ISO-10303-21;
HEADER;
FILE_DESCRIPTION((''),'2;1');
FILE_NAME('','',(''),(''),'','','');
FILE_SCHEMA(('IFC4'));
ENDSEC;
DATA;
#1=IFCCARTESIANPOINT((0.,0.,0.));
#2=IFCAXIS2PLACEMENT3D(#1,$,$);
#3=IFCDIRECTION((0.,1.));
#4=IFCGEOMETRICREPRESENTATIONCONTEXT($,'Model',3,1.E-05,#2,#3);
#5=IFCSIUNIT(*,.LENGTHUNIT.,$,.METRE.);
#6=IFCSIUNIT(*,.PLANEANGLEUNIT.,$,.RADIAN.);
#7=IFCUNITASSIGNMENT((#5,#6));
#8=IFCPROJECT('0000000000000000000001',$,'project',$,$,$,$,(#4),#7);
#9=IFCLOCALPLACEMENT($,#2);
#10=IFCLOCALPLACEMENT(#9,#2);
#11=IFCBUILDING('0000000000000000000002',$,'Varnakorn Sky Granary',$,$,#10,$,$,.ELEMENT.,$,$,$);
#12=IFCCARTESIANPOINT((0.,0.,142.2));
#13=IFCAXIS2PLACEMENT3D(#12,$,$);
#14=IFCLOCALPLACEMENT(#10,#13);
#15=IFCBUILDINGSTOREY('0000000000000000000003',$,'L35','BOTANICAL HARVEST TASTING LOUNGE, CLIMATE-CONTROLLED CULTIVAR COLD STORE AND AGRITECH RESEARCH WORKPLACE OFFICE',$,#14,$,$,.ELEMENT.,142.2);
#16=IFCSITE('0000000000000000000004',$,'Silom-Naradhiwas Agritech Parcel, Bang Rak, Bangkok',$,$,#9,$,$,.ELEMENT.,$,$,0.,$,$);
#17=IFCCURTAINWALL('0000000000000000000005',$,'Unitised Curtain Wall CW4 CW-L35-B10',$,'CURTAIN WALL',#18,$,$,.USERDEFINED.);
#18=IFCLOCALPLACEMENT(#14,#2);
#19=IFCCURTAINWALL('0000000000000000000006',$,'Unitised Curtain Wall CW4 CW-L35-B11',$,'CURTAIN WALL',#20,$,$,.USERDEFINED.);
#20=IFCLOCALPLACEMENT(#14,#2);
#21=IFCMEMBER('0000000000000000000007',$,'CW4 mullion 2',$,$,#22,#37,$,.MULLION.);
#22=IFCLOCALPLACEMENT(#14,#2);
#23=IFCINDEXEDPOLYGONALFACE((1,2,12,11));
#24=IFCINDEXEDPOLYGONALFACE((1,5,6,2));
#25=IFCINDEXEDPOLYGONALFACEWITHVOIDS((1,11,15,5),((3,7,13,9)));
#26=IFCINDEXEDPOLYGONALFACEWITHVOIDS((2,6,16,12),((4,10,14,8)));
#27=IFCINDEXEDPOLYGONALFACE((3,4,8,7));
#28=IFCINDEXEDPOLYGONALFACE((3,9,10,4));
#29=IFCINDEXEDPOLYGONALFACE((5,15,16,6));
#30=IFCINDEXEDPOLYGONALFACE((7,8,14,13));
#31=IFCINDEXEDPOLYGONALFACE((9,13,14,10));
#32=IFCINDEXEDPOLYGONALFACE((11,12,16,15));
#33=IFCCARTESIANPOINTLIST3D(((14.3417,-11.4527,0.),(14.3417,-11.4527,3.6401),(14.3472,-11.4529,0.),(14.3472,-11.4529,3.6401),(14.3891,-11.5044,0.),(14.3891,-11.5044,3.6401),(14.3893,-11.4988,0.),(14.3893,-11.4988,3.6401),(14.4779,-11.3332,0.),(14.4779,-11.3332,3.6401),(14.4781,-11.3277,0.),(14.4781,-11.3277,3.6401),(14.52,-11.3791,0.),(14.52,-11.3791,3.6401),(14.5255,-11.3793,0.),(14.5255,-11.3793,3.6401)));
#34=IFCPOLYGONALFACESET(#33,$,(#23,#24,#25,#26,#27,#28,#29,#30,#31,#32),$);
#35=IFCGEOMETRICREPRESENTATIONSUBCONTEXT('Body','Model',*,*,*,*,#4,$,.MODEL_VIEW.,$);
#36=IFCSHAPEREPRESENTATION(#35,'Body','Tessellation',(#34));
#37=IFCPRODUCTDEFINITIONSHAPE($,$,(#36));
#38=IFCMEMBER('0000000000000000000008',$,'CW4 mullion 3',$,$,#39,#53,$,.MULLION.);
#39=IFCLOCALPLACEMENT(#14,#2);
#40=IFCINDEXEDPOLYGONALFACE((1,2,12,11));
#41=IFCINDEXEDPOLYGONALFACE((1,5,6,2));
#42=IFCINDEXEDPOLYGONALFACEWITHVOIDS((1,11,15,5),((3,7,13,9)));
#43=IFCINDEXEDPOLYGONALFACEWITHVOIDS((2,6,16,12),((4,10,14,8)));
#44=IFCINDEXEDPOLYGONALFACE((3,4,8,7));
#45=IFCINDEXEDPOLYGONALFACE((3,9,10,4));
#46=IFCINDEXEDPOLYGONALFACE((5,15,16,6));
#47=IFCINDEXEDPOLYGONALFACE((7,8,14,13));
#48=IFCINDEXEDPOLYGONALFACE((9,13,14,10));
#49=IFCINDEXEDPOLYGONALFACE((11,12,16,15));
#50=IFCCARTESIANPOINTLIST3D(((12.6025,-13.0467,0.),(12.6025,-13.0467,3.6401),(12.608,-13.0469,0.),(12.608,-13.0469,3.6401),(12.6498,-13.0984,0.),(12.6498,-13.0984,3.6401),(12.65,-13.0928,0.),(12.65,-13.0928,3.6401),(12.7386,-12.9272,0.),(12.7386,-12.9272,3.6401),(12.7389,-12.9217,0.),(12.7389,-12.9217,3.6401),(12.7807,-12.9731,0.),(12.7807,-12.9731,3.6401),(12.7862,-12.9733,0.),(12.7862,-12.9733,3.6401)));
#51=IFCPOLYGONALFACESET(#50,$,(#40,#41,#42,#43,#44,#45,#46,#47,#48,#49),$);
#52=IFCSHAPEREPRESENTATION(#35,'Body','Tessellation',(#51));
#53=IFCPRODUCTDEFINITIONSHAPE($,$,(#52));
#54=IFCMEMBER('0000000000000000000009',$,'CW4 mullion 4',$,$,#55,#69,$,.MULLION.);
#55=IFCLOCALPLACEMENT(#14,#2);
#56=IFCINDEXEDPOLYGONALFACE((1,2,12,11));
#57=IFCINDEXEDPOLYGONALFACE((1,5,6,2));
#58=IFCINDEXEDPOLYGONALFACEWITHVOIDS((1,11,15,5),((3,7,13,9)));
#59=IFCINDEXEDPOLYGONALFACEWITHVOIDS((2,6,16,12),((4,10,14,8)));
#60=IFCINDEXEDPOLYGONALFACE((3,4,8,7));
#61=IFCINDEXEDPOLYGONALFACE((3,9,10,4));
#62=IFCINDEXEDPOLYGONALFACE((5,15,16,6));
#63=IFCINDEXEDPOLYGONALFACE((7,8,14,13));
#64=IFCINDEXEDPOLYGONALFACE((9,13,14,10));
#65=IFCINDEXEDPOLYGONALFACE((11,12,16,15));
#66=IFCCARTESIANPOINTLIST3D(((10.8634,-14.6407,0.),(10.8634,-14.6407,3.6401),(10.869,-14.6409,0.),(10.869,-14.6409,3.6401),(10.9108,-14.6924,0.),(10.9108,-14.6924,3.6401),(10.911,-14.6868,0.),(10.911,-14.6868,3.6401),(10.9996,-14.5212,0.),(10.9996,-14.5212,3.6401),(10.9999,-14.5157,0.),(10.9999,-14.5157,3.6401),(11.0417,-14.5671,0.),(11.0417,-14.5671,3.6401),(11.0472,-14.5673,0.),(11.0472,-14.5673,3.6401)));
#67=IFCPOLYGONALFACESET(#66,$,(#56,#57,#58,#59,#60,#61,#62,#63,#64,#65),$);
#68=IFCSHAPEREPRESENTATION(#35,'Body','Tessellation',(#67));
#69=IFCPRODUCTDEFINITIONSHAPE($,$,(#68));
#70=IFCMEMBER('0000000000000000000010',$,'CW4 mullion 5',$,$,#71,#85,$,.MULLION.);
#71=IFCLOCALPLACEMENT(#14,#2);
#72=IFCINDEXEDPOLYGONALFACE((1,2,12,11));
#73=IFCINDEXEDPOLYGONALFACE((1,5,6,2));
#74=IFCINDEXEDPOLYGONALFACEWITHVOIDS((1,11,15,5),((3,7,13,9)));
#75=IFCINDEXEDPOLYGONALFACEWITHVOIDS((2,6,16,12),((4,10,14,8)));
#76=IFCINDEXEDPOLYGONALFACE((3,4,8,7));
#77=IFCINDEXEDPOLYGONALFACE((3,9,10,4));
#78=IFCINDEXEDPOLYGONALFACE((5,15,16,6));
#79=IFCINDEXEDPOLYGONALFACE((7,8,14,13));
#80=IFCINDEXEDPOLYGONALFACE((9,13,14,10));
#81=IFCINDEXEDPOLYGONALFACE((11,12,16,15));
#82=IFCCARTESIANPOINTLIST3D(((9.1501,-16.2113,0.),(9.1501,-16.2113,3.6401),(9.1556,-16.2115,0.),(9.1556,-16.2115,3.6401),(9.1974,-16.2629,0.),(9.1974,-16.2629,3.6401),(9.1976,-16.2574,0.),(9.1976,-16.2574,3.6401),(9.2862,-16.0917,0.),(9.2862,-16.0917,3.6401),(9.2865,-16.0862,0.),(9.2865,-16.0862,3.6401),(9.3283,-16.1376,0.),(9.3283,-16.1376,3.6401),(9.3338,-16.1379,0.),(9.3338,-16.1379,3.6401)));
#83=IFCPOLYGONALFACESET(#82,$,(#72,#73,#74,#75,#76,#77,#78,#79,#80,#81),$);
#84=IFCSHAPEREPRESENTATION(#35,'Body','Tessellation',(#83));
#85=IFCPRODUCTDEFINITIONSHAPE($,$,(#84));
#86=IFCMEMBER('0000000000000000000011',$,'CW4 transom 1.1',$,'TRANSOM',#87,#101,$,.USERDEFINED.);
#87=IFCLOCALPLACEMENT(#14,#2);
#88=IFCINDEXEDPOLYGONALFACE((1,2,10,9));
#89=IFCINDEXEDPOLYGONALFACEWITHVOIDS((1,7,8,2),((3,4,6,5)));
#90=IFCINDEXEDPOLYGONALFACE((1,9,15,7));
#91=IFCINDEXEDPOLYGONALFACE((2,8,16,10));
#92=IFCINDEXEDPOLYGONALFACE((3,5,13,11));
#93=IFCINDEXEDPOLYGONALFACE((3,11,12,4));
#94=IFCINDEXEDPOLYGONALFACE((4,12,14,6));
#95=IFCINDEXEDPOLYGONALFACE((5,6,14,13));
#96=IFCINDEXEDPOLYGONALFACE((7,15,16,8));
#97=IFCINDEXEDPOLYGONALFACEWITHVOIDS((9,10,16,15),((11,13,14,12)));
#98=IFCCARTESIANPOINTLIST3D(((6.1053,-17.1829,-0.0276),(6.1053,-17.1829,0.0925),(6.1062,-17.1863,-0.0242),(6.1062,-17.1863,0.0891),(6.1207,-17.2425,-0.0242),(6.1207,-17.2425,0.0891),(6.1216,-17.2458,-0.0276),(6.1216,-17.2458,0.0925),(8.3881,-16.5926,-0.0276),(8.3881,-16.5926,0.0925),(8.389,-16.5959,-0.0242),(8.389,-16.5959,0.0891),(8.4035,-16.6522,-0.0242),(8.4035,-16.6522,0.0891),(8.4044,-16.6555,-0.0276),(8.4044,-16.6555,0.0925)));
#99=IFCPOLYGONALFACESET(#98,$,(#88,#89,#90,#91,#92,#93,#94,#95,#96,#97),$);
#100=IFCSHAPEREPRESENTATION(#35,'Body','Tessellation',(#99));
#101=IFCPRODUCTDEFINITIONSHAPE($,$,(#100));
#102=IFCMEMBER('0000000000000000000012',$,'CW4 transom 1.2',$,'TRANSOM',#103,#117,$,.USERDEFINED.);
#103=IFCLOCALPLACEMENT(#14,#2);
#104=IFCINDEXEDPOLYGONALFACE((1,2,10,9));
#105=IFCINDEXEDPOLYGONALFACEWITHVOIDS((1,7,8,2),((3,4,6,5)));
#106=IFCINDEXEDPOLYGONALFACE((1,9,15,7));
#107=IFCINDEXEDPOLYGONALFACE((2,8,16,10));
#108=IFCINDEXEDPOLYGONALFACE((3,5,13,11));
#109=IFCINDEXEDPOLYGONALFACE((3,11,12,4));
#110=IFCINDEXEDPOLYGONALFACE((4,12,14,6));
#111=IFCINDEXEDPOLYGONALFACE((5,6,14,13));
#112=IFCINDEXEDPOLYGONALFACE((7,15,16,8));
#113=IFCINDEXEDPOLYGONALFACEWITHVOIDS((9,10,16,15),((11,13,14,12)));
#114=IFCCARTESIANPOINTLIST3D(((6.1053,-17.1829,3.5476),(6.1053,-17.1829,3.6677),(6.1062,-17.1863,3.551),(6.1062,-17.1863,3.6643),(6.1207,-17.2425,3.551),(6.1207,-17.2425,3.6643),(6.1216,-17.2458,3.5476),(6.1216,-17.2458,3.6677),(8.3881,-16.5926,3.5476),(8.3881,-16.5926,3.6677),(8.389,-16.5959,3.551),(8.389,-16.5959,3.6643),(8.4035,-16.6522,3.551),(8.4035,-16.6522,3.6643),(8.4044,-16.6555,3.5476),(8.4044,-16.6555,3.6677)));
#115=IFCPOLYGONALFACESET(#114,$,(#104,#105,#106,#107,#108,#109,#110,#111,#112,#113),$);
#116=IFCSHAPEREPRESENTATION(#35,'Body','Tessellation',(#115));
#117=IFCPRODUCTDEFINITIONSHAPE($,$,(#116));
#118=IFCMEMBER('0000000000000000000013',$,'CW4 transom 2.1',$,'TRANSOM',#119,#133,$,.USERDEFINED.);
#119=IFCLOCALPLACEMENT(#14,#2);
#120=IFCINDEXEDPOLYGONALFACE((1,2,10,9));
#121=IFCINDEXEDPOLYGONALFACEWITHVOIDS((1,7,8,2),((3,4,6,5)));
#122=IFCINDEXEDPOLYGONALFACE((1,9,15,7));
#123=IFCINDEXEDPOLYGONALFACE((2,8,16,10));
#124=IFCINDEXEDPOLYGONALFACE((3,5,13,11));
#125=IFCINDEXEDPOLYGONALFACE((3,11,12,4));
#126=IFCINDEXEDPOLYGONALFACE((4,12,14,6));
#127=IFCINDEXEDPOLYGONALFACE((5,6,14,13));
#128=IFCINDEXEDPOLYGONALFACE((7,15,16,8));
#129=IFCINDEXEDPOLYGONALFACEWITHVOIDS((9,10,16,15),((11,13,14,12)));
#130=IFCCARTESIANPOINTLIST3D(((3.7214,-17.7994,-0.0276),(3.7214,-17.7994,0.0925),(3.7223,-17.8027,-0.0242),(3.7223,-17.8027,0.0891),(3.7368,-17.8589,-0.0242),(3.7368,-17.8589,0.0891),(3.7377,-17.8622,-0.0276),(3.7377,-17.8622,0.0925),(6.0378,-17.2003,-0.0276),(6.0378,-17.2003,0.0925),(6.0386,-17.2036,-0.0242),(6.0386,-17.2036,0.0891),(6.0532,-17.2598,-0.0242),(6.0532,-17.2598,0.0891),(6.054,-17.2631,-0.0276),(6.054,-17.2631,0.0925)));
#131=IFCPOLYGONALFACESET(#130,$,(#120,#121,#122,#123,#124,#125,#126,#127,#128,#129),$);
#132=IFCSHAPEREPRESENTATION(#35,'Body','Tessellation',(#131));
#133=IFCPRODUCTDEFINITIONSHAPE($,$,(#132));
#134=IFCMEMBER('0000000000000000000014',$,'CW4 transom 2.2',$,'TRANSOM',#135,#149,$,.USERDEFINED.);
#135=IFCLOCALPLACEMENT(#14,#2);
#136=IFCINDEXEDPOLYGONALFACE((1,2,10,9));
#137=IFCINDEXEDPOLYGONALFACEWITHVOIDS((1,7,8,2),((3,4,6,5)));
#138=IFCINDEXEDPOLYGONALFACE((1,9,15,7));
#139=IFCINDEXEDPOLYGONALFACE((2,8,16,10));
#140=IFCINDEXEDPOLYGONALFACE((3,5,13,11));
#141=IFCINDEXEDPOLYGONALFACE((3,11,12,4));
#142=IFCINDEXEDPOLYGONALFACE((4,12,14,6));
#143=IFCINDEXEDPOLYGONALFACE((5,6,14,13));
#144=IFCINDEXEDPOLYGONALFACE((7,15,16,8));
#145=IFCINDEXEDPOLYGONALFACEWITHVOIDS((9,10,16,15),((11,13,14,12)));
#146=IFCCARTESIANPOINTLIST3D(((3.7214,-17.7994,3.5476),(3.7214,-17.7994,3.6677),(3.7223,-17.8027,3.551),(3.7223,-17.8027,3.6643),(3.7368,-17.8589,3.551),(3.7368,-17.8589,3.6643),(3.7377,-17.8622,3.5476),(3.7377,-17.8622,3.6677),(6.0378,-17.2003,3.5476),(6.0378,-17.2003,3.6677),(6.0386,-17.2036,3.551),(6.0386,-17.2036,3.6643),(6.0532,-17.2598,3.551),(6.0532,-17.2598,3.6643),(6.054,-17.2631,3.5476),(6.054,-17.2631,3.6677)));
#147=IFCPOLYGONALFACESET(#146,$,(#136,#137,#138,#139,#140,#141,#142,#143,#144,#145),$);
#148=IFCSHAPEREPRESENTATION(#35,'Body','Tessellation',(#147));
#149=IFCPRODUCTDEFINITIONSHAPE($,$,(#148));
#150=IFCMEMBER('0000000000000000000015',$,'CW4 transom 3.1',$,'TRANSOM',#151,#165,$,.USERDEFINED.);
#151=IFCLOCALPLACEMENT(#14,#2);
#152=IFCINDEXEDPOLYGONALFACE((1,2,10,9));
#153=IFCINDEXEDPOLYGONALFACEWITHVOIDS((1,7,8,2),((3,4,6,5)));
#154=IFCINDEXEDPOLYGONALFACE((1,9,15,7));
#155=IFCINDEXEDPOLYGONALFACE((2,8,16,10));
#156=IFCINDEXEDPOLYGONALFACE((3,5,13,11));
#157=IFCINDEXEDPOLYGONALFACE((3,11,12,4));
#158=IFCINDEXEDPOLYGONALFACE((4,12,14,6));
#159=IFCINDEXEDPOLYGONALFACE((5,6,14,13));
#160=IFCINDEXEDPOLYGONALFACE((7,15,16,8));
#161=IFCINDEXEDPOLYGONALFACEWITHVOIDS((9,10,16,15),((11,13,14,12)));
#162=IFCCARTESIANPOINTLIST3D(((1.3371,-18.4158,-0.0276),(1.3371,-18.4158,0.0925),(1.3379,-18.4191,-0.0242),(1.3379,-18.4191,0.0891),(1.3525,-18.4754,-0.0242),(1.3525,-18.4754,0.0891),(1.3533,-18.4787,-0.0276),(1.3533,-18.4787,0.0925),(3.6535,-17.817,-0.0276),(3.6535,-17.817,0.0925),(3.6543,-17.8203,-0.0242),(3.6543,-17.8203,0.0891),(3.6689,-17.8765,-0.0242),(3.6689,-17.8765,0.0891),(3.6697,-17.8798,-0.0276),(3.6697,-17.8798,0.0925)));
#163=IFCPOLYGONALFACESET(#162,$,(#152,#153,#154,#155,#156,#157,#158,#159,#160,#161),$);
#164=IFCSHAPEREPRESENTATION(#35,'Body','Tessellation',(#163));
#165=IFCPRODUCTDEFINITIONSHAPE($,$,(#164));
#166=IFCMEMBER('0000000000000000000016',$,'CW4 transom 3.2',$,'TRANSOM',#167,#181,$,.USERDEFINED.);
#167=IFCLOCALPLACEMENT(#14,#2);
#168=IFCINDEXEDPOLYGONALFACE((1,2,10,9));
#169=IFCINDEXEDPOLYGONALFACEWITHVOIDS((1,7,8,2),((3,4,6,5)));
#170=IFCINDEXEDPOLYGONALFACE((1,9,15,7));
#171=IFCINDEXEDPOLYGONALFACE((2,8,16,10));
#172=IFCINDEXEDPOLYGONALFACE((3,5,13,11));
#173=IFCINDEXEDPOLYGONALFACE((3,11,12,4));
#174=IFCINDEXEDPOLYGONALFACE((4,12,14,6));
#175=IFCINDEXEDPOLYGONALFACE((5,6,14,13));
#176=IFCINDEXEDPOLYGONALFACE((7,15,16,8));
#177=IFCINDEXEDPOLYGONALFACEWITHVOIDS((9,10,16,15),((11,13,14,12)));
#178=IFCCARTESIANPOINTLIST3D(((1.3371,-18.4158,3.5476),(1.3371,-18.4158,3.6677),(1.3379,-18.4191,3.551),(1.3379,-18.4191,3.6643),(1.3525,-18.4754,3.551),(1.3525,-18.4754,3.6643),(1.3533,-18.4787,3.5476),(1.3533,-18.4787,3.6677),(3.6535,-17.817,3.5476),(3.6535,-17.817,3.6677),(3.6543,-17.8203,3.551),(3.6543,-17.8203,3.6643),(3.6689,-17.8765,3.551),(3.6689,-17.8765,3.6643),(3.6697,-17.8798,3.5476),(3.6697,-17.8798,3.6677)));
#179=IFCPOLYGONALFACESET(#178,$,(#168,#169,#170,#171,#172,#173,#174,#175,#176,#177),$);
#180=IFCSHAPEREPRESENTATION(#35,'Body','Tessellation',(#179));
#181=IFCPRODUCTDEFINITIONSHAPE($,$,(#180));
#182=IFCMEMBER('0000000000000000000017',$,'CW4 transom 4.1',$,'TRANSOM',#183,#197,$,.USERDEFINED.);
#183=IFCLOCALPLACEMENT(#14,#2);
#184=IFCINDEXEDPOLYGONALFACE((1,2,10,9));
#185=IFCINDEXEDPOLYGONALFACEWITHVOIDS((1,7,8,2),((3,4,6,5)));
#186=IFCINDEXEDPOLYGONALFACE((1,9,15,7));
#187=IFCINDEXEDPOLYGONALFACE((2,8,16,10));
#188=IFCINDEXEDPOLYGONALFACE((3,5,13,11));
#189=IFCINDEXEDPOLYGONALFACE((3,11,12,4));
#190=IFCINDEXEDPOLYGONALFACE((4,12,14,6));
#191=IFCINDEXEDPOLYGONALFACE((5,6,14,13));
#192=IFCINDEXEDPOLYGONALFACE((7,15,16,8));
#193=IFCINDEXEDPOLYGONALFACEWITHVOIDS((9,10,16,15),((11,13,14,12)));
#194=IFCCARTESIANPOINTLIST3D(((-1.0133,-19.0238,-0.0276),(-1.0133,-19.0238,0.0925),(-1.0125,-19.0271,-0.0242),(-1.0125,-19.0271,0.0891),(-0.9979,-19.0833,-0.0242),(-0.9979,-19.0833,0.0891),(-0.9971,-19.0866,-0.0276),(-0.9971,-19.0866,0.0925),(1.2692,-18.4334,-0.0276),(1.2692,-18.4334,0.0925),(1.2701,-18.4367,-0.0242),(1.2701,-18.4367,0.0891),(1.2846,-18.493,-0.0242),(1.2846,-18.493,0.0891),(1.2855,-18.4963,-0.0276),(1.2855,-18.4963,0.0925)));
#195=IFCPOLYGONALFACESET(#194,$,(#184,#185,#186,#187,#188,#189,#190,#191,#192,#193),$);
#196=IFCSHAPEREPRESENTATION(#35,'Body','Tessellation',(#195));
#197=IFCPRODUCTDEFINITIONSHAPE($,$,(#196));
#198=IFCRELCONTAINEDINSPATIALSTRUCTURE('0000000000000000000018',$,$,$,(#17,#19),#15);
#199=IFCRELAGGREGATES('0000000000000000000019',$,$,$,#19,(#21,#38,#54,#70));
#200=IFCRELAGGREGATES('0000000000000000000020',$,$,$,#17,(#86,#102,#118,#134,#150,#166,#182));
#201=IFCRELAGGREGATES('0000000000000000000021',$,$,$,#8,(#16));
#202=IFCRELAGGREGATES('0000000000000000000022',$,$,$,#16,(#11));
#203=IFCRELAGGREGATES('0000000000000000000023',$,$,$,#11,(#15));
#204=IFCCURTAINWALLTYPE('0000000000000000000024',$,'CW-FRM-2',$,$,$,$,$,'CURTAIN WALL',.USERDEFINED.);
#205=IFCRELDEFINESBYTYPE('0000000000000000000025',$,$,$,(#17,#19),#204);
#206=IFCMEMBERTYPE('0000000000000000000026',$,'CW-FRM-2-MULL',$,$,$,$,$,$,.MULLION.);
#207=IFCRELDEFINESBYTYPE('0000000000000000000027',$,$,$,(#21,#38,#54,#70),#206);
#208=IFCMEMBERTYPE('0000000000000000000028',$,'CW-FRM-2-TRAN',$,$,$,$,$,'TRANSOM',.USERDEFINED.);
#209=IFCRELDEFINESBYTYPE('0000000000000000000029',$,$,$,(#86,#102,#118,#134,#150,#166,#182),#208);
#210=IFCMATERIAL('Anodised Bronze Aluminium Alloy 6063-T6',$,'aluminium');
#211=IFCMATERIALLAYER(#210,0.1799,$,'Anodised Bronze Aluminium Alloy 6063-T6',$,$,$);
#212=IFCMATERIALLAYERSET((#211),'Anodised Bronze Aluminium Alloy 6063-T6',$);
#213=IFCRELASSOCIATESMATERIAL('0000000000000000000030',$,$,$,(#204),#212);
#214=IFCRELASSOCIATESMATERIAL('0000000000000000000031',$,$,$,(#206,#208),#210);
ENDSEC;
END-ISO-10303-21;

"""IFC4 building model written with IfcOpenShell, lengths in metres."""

from ifc_helpers import new_model, si_unit, direction, frame, origin, origin_2d, place, context, subcontext, project, spatial, hollow_rectangle, extrude, material, layer, layer_set, material_profile, profile_set, type_object, element, aggregate, save


model = new_model("IFC4")

# Units and contexts
model_context = context("Model", 3, precision=1e-05, world=origin(), true_north=direction((0.0, 1.0)))
body_context = subcontext(model_context, "Body", "Model", "MODEL_VIEW")
ifc_project = project(units=[si_unit("LENGTHUNIT", "METRE"), si_unit("PLANEANGLEUNIT", "RADIAN")], contexts=[model_context])

# Site, building, storey
site_placement = place(None, origin())
site = spatial("IfcSite", under=ifc_project, at=site_placement, Name="Silom-Naradhiwas Agritech Parcel, Bang Rak, Bangkok", CompositionType="ELEMENT", RefElevation=0.0)
building_placement = place(site_placement, origin())
building = spatial("IfcBuilding", under=site, at=building_placement, Name="Varnakorn Sky Granary", CompositionType="ELEMENT")
storey_placement = place(building_placement, frame((0.0, 0.0, 142.2)))
storey = spatial("IfcBuildingStorey", under=building, at=storey_placement, Name="L35", Description="BOTANICAL HARVEST TASTING LOUNGE, CLIMATE-CONTROLLED CULTIVAR COLD STORE AND AGRITECH RESEARCH WORKPLACE OFFICE", CompositionType="ELEMENT", Elevation=142.2)

# Curtain walls, members
ifc_material_1 = material(Name="Anodised Bronze Aluminium Alloy 6063-T6", Category="aluminium")
ifc_layer_1 = layer(ifc_material_1, 0.1799, Name="Anodised Bronze Aluminium Alloy 6063-T6")
ifc_layer_set_1 = layer_set([ifc_layer_1], Name="Anodised Bronze Aluminium Alloy 6063-T6")
curtain_wall_type = type_object("IfcCurtainWallType", Name="CW-FRM-2", ElementType="CURTAIN WALL", PredefinedType="USERDEFINED", material=ifc_layer_set_1)
curtain_wall_1_placement = place(storey_placement, origin())
curtain_wall_1 = element("IfcCurtainWall", 1, at=curtain_wall_1_placement, inside=storey, type_object=curtain_wall_type, Name="Unitised Curtain Wall CW4 CW-L35-B10", ObjectType="CURTAIN WALL", PredefinedType="USERDEFINED")
ifc_material_profile_1 = material_profile(ifc_material_1, hollow_rectangle(XDim=0.0701, YDim=0.1851, WallThickness=0.0039, at=origin_2d()), Name="ALU MULL 70x185")
ifc_profile_set_1 = profile_set([ifc_material_profile_1], Name="Anodised Bronze Aluminium Alloy 6063-T6")
member_type_1 = type_object("IfcMemberType", Name="CW-FRM-2-MULL", PredefinedType="MULLION", material=ifc_profile_set_1)
curtain_wall_2_placement = place(storey_placement, origin())
curtain_wall_2 = element("IfcCurtainWall", 2, at=curtain_wall_2_placement, inside=storey, type_object=curtain_wall_type, Name="Unitised Curtain Wall CW4 CW-L35-B11", ObjectType="CURTAIN WALL", PredefinedType="USERDEFINED")
member_1_placement = place(storey_placement, frame((14.4336, -11.416, 0.0), z_axis=(0.0, 0.0, 1.0), x_axis=(0.675685, -0.737191, 0.0)))
member_1 = element("IfcMember", 3, at=member_1_placement, type_object=member_type_1, Name="CW4 mullion 2", PredefinedType="MULLION", context=body_context, shape_type="SweptSolid", body=[
    extrude(hollow_rectangle(XDim=0.0701, YDim=0.1851, WallThickness=0.0039, at=origin_2d()), origin(), (0.0, 0.0, 1.0), 3.6401),
])
member_2_placement = place(storey_placement, frame((12.6943, -13.01, 0.0), z_axis=(0.0, 0.0, 1.0), x_axis=(0.675685, -0.737191, 0.0)))
member_2 = element("IfcMember", 4, at=member_2_placement, type_object=member_type_1, Name="CW4 mullion 3", PredefinedType="MULLION", context=body_context, shape_type="SweptSolid", body=[
    extrude(hollow_rectangle(XDim=0.0701, YDim=0.1851, WallThickness=0.0039, at=origin_2d()), origin(), (0.0, 0.0, 1.0), 3.6401),
])
member_3_placement = place(storey_placement, frame((10.9553, -14.604, 0.0), z_axis=(0.0, 0.0, 1.0), x_axis=(0.675685, -0.737191, 0.0)))
member_3 = element("IfcMember", 5, at=member_3_placement, type_object=member_type_1, Name="CW4 mullion 4", PredefinedType="MULLION", context=body_context, shape_type="SweptSolid", body=[
    extrude(hollow_rectangle(XDim=0.0701, YDim=0.1851, WallThickness=0.0039, at=origin_2d()), origin(), (0.0, 0.0, 1.0), 3.6401),
])
member_4_placement = place(storey_placement, frame((9.2419, -16.1746, 0.0), z_axis=(0.0, 0.0, 1.0), x_axis=(0.675685, -0.737191, 0.0)))
member_4 = element("IfcMember", 6, at=member_4_placement, type_object=member_type_1, Name="CW4 mullion 5", PredefinedType="MULLION", context=body_context, shape_type="SweptSolid", body=[
    extrude(hollow_rectangle(XDim=0.0701, YDim=0.1851, WallThickness=0.0039, at=origin_2d()), origin(), (0.0, 0.0, 1.0), 3.6401),
])

# Members
ifc_material_profile_2 = material_profile(ifc_material_1, hollow_rectangle(XDim=0.0649, YDim=0.1201, WallThickness=0.0034, at=origin_2d()), Name="ALU TRAN 65x120")
ifc_profile_set_2 = profile_set([ifc_material_profile_2], Name="Anodised Bronze Aluminium Alloy 6063-T6")
member_type_2 = type_object("IfcMemberType", Name="CW-FRM-2-TRAN", ElementType="TRANSOM", PredefinedType="USERDEFINED", material=ifc_profile_set_2)
member_5_placement = place(storey_placement, frame((8.3962, -16.624, 0.0325), z_axis=(-0.96815, -0.250373, 0.0), x_axis=(0.250373, -0.96815, 0.0)))
member_5 = element("IfcMember", 7, at=member_5_placement, type_object=member_type_2, Name="CW4 transom 1.1", ObjectType="TRANSOM", PredefinedType="USERDEFINED", context=body_context, shape_type="SweptSolid", body=[
    extrude(hollow_rectangle(XDim=0.0649, YDim=0.1201, WallThickness=0.0034, at=origin_2d()), origin(), (0.0, 0.0, 1.0), 2.3579),
])
member_6_placement = place(storey_placement, frame((8.3962, -16.624, 3.6077), z_axis=(-0.96815, -0.250373, 0.0), x_axis=(0.250373, -0.96815, 0.0)))
member_6 = element("IfcMember", 8, at=member_6_placement, type_object=member_type_2, Name="CW4 transom 1.2", ObjectType="TRANSOM", PredefinedType="USERDEFINED", context=body_context, shape_type="SweptSolid", body=[
    extrude(hollow_rectangle(XDim=0.0649, YDim=0.1201, WallThickness=0.0034, at=origin_2d()), origin(), (0.0, 0.0, 1.0), 2.3579),
])
member_7_placement = place(storey_placement, frame((6.0459, -17.2317, 0.0325), z_axis=(-0.968142, -0.250403, 0.0), x_axis=(0.250403, -0.968142, 0.0)))
member_7 = element("IfcMember", 9, at=member_7_placement, type_object=member_type_2, Name="CW4 transom 2.1", ObjectType="TRANSOM", PredefinedType="USERDEFINED", context=body_context, shape_type="SweptSolid", body=[
    extrude(hollow_rectangle(XDim=0.0649, YDim=0.1201, WallThickness=0.0034, at=origin_2d()), origin(), (0.0, 0.0, 1.0), 2.3926),
])
member_8_placement = place(storey_placement, frame((6.0459, -17.2317, 3.6077), z_axis=(-0.968142, -0.250403, 0.0), x_axis=(0.250403, -0.968142, 0.0)))
member_8 = element("IfcMember", 10, at=member_8_placement, type_object=member_type_2, Name="CW4 transom 2.2", ObjectType="TRANSOM", PredefinedType="USERDEFINED", context=body_context, shape_type="SweptSolid", body=[
    extrude(hollow_rectangle(XDim=0.0649, YDim=0.1201, WallThickness=0.0034, at=origin_2d()), origin(), (0.0, 0.0, 1.0), 2.3926),
])
member_9_placement = place(storey_placement, frame((3.6616, -17.8484, 0.0325), z_axis=(-0.968167, -0.250307, 0.0), x_axis=(0.250307, -0.968167, 0.0)))
member_9 = element("IfcMember", 11, at=member_9_placement, type_object=member_type_2, Name="CW4 transom 3.1", ObjectType="TRANSOM", PredefinedType="USERDEFINED", context=body_context, shape_type="SweptSolid", body=[
    extrude(hollow_rectangle(XDim=0.0649, YDim=0.1201, WallThickness=0.0034, at=origin_2d()), origin(), (0.0, 0.0, 1.0), 2.3926),
])
member_10_placement = place(storey_placement, frame((3.6616, -17.8484, 3.6077), z_axis=(-0.968167, -0.250307, 0.0), x_axis=(0.250307, -0.968167, 0.0)))
member_10 = element("IfcMember", 12, at=member_10_placement, type_object=member_type_2, Name="CW4 transom 3.2", ObjectType="TRANSOM", PredefinedType="USERDEFINED", context=body_context, shape_type="SweptSolid", body=[
    extrude(hollow_rectangle(XDim=0.0649, YDim=0.1201, WallThickness=0.0034, at=origin_2d()), origin(), (0.0, 0.0, 1.0), 2.3926),
])
member_11_placement = place(storey_placement, frame((1.2773, -18.4648, 0.0325), z_axis=(-0.968143, -0.250398, 0.0), x_axis=(0.250398, -0.968143, 0.0)))
member_11 = element("IfcMember", 13, at=member_11_placement, type_object=member_type_2, Name="CW4 transom 4.1", ObjectType="TRANSOM", PredefinedType="USERDEFINED", context=body_context, shape_type="SweptSolid", body=[
    extrude(hollow_rectangle(XDim=0.0649, YDim=0.1201, WallThickness=0.0034, at=origin_2d()), origin(), (0.0, 0.0, 1.0), 2.3577),
])

aggregate(curtain_wall_2, [member_1, member_2, member_3, member_4])
aggregate(curtain_wall_1, [member_5, member_6, member_7, member_8, member_9, member_10, member_11])

save(model, "model.ifc")
